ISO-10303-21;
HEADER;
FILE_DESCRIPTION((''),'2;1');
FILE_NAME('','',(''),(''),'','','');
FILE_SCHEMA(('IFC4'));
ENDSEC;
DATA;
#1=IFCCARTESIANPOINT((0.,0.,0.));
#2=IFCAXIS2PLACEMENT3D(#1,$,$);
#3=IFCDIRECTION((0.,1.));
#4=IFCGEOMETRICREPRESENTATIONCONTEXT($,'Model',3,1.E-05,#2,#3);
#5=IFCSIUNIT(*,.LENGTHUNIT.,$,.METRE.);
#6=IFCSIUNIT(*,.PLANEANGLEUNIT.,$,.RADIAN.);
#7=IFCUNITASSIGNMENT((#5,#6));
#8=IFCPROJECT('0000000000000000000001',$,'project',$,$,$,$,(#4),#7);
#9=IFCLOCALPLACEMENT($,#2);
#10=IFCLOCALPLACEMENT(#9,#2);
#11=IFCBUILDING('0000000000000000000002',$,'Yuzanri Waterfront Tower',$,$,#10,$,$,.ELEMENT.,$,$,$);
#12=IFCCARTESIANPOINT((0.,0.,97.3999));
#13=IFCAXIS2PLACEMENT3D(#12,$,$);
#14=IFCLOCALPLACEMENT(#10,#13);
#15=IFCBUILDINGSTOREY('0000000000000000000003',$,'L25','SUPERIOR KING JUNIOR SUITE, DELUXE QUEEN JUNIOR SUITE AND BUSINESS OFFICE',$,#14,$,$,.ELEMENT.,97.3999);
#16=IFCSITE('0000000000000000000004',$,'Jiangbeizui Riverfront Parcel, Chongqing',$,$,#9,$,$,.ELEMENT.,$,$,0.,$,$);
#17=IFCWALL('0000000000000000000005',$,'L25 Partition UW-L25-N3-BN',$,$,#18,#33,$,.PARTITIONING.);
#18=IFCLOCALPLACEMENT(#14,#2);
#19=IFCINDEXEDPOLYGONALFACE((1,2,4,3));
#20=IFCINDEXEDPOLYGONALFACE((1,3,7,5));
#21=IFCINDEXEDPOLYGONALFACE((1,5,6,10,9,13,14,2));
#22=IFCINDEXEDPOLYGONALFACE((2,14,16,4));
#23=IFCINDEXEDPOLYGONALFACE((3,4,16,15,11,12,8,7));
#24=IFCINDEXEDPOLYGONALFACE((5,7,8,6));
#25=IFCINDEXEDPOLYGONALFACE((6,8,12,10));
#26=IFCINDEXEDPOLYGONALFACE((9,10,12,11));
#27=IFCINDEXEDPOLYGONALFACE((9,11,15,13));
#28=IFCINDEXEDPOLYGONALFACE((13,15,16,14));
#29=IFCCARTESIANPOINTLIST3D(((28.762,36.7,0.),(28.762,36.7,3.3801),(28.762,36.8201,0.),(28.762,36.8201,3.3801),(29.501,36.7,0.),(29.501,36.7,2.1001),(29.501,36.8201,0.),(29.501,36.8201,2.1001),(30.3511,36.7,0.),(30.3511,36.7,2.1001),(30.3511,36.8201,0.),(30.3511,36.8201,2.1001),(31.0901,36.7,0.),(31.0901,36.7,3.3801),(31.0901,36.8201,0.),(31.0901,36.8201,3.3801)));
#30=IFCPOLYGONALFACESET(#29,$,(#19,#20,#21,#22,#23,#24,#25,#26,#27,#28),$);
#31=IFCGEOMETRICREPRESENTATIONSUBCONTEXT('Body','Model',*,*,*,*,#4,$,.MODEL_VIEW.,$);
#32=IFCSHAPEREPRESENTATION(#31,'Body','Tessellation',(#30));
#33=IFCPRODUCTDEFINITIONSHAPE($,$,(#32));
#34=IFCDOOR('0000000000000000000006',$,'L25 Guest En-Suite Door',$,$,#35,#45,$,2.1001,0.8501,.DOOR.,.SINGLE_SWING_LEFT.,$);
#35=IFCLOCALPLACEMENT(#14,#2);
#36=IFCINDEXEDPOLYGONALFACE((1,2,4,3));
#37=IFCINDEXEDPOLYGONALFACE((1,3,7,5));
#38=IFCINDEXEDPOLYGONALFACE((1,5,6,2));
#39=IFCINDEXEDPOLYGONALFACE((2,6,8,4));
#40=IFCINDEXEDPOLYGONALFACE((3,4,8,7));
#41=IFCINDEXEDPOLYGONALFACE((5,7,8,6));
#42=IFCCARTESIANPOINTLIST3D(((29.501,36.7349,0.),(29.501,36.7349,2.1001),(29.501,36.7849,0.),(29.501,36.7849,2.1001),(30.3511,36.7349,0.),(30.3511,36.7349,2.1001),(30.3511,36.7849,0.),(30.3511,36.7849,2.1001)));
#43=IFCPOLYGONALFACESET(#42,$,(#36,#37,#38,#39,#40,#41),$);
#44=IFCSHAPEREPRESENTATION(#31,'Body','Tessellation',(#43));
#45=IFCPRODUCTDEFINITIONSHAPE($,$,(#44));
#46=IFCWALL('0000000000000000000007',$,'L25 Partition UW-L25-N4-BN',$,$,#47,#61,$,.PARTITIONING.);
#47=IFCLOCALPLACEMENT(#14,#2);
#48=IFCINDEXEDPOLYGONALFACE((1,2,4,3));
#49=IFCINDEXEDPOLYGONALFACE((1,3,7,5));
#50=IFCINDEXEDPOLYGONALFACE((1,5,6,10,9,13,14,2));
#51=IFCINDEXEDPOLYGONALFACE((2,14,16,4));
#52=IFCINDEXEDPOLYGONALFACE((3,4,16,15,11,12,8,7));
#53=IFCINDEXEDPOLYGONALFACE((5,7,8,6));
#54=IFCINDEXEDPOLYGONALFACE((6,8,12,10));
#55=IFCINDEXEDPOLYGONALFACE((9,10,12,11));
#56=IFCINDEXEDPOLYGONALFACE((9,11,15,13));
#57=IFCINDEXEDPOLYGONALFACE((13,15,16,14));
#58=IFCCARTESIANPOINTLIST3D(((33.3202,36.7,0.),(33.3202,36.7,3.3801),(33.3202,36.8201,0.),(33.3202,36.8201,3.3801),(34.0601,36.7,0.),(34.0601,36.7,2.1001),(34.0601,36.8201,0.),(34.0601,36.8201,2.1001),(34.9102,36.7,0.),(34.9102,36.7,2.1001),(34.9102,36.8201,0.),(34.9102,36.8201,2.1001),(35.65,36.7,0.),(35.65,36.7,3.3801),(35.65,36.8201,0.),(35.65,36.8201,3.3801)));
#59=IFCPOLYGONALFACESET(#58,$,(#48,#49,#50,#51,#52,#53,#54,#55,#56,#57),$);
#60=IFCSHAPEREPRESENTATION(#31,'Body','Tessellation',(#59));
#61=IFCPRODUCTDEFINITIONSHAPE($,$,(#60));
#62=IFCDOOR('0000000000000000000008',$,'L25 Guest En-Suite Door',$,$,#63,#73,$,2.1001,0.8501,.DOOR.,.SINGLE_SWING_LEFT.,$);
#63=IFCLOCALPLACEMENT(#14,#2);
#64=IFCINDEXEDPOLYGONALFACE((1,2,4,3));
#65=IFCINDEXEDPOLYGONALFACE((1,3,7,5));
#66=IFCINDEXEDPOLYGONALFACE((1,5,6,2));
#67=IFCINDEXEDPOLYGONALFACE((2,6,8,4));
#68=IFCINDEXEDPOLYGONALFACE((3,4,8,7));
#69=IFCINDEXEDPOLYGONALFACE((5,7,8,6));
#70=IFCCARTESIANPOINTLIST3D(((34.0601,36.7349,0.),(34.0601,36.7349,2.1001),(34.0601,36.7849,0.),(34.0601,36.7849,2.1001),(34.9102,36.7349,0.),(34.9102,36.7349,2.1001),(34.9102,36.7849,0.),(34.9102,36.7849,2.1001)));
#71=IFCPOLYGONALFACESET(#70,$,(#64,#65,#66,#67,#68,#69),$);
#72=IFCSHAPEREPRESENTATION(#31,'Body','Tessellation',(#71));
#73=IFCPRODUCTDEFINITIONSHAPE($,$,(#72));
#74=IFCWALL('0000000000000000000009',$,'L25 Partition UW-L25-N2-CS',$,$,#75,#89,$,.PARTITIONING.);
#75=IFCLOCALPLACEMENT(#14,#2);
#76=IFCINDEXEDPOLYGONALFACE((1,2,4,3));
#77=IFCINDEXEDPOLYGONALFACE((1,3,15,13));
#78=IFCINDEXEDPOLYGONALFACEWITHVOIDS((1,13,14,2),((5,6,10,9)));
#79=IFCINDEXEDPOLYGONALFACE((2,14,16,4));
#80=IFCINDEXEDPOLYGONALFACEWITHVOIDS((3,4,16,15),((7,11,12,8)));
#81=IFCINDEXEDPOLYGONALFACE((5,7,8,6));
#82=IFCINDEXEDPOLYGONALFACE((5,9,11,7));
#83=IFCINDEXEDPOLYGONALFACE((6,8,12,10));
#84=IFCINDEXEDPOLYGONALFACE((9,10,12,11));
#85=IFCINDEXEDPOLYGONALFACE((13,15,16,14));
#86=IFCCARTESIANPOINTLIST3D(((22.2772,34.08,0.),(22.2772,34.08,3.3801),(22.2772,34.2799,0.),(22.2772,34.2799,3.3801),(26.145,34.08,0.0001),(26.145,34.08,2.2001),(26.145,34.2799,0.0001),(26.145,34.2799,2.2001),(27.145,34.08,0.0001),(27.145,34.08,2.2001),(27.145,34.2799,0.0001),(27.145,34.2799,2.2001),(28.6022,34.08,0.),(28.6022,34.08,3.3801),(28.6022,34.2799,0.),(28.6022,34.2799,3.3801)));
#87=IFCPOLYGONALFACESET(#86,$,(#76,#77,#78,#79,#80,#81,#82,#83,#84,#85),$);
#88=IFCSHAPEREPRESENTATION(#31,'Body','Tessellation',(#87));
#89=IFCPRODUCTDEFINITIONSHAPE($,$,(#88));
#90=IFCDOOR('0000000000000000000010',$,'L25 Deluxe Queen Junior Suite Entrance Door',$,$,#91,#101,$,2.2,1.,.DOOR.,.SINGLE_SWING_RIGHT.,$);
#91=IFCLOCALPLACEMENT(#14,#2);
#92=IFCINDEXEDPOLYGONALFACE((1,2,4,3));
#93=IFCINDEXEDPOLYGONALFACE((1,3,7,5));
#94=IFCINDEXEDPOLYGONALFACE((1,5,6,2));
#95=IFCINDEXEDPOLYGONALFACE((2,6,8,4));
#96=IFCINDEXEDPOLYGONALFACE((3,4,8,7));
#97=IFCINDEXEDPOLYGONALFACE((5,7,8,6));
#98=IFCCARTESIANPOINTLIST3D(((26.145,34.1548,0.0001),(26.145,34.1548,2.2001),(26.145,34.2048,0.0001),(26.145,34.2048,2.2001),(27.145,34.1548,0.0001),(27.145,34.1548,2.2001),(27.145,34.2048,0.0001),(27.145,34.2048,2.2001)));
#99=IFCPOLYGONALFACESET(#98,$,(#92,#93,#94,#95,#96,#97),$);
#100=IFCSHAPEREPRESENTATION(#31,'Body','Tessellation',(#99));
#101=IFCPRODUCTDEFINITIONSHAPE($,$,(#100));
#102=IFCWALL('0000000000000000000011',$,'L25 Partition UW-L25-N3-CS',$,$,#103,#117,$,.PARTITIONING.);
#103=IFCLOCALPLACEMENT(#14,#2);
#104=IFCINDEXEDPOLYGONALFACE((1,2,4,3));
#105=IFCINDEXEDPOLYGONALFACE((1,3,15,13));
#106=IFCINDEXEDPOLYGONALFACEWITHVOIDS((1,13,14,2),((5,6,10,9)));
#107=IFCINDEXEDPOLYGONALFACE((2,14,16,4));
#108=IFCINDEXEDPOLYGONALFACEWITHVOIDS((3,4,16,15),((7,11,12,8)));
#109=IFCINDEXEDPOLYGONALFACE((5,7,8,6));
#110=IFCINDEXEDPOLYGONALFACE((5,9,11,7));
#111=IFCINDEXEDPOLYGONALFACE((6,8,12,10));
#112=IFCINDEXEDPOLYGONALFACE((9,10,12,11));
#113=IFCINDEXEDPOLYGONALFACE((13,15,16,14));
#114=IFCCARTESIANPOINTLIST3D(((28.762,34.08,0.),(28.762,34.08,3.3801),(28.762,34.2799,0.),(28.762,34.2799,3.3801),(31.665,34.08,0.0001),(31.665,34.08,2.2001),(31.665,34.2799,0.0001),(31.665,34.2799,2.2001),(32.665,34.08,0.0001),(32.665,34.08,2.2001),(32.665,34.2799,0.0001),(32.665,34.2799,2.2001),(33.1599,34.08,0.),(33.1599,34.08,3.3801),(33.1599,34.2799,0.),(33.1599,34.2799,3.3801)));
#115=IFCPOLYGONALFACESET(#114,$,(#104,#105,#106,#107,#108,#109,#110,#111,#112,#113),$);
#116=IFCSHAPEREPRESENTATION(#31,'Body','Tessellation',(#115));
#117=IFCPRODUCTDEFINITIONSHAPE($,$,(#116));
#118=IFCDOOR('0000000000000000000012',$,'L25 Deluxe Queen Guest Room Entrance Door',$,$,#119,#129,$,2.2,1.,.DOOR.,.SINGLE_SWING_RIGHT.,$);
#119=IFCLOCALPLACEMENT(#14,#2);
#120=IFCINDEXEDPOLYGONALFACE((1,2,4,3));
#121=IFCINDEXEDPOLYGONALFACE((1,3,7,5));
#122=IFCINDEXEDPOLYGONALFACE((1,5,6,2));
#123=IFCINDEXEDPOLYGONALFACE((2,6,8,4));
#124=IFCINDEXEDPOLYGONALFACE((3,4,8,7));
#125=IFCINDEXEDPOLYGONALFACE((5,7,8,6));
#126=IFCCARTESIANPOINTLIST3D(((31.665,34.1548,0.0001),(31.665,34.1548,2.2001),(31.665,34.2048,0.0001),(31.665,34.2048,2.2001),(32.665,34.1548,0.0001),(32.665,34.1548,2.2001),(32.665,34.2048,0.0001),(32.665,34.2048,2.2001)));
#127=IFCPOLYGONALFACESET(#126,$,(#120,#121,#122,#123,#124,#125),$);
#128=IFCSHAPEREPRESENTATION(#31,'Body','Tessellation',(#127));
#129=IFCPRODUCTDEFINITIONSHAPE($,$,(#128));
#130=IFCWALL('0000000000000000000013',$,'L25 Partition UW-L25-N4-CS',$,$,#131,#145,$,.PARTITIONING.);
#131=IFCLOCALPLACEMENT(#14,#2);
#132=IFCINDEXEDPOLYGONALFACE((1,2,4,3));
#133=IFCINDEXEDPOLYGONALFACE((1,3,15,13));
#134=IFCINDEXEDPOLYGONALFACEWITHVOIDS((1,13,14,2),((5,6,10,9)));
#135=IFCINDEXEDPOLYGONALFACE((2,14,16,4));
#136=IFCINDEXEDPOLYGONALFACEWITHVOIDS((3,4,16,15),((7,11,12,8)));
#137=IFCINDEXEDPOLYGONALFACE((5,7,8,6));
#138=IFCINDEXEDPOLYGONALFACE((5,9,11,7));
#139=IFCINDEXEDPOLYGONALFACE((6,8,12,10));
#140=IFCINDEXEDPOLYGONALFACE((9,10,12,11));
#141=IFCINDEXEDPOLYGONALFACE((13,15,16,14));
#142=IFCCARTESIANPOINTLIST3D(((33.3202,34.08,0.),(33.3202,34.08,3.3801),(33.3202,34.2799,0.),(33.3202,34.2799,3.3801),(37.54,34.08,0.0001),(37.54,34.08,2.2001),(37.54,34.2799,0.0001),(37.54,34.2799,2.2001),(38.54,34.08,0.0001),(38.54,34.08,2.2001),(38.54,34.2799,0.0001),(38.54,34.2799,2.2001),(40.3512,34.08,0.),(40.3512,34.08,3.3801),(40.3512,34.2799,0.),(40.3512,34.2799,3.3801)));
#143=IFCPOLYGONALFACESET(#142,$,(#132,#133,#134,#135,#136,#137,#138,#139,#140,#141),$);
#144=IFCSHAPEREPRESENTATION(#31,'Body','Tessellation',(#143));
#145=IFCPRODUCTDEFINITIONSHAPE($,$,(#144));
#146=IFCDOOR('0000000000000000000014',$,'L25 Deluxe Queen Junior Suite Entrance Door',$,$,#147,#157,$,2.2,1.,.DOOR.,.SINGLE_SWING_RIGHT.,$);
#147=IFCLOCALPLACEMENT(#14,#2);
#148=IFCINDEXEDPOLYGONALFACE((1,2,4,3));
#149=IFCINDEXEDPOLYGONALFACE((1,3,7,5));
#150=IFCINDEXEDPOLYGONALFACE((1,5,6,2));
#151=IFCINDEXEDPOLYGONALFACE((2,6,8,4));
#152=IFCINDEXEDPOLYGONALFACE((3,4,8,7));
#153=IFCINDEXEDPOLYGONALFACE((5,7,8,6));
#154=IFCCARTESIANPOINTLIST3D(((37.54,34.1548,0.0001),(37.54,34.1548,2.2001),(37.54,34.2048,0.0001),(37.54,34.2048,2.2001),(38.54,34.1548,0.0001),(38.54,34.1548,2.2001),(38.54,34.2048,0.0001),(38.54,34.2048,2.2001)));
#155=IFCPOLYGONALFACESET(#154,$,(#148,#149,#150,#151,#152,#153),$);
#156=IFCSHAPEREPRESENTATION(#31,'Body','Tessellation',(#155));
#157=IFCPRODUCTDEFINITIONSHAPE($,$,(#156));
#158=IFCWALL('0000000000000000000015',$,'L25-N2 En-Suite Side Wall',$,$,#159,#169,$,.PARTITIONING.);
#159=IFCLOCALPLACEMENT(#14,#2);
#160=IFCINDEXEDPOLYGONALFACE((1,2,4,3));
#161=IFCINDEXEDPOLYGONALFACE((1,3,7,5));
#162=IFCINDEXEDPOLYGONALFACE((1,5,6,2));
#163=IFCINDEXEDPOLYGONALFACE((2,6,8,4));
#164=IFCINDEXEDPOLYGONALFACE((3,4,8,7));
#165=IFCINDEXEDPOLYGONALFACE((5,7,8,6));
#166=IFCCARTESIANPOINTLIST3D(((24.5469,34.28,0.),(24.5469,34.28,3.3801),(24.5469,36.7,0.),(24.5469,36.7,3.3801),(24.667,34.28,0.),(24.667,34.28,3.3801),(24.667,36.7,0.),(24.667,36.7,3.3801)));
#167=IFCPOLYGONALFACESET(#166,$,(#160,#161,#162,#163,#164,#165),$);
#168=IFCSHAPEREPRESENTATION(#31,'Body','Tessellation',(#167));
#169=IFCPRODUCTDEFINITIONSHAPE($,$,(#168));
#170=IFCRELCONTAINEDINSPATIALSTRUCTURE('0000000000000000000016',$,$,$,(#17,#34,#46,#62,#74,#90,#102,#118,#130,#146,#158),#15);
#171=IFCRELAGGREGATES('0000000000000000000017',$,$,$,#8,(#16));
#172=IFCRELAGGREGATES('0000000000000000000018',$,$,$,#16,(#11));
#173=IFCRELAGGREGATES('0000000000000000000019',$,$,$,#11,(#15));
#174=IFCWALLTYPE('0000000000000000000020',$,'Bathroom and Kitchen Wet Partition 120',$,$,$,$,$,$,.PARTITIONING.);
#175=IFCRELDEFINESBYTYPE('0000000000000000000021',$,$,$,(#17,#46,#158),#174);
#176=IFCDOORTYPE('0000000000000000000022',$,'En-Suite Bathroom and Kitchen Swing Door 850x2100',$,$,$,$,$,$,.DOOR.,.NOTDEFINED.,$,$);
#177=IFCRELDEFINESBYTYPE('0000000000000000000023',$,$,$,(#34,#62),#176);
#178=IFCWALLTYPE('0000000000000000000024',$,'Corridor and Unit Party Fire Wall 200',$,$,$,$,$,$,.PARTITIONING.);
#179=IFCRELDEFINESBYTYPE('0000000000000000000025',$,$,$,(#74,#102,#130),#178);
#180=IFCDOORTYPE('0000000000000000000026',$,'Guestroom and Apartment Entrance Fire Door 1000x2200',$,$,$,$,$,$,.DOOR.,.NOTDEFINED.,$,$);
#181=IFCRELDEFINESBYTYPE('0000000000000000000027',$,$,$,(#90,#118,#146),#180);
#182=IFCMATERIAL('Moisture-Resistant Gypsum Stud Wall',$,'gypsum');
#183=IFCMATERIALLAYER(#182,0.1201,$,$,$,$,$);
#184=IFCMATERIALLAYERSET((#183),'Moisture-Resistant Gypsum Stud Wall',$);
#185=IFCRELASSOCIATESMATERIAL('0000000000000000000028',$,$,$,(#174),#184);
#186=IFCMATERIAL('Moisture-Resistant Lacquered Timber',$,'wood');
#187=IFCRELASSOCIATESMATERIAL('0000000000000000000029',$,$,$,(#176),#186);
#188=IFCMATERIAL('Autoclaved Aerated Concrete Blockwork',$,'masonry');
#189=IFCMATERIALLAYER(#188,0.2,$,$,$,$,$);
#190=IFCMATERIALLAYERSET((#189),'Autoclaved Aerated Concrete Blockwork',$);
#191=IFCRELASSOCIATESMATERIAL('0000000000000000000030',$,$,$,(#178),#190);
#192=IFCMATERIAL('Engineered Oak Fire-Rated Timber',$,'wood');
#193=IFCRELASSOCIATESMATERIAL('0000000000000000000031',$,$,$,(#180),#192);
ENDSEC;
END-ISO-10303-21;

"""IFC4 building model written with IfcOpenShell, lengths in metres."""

from ifc_helpers import new_model, si_unit, direction, frame, frame_2d, origin, place, context, subcontext, project, spatial, rectangle, extrude, source, transform, mapped, material, layer, layer_set, type_object, element, fill, save


model = new_model("IFC4")

# Units and contexts
model_context = context("Model", 3, precision=1e-05, world=origin(), true_north=direction((0.0, 1.0)))
body_context = subcontext(model_context, "Body", "Model", "MODEL_VIEW")
ifc_project = project(units=[si_unit("LENGTHUNIT", "METRE"), si_unit("PLANEANGLEUNIT", "RADIAN")], contexts=[model_context])

# Site, building, storey
site_placement = place(None, origin())
site = spatial("IfcSite", under=ifc_project, at=site_placement, Name="Jiangbeizui Riverfront Parcel, Chongqing", CompositionType="ELEMENT", RefElevation=0.0)
building_placement = place(site_placement, origin())
building = spatial("IfcBuilding", under=site, at=building_placement, Name="Yuzanri Waterfront Tower", CompositionType="ELEMENT")
storey_placement = place(building_placement, frame((0.0, 0.0, 97.3999)))
storey = spatial("IfcBuildingStorey", under=building, at=storey_placement, Name="L25", Description="SUPERIOR KING JUNIOR SUITE, DELUXE QUEEN JUNIOR SUITE AND BUSINESS OFFICE", CompositionType="ELEMENT", Elevation=97.3999)

# Walls, openings, doors
ifc_material_1 = material(Name="Moisture-Resistant Gypsum Stud Wall", Category="gypsum")
ifc_layer_1 = layer(ifc_material_1, 0.1201)
ifc_layer_set_1 = layer_set([ifc_layer_1], Name="Moisture-Resistant Gypsum Stud Wall")
wall_type_1 = type_object("IfcWallType", Name="Bathroom and Kitchen Wet Partition 120", PredefinedType="PARTITIONING", material=ifc_layer_set_1)
ifc_material_2 = material(Name="Moisture-Resistant Lacquered Timber", Category="wood")
door_type_1 = type_object("IfcDoorType", Name="En-Suite Bathroom and Kitchen Swing Door 850x2100", OperationType="NOTDEFINED", PredefinedType="DOOR", material=ifc_material_2)
shared_shape_1 = source(origin(), body_context, "Body", "SweptSolid", [
    extrude(rectangle(XDim=0.8501, YDim=2.1001, at=frame_2d((0.425, 1.05))), frame((0.0, 0.0249, 0.0), z_axis=(0.0, -1.0, 0.0), x_axis=(1.0, 0.0, 0.0)), (0.0, 0.0, 1.0), 0.05),
])
wall_1_placement = place(storey_placement, frame((28.762, 36.76, 0.0), z_axis=(0.0, 0.0, 1.0), x_axis=(1.0, 0.0, 0.0)))
wall_1 = element("IfcWall", 1, at=wall_1_placement, inside=storey, type_object=wall_type_1, Name="L25 Partition UW-L25-N3-BN", PredefinedType="PARTITIONING", context=body_context, shape_type="SweptSolid", body=[
    extrude(rectangle(XDim=2.3281, YDim=0.1201, at=frame_2d((1.1641, 0.0))), origin(), (0.0, 0.0, 1.0), 3.3801),
])
opening_1_placement = place(wall_1_placement, frame((0.739, 0.0, 0.0)))
opening_1 = element("IfcOpeningElement", 2, at=opening_1_placement, cuts=wall_1, PredefinedType="OPENING", context=body_context, shape_type="SweptSolid", body=[
    extrude(rectangle(XDim=0.8501, YDim=2.1001, at=frame_2d((0.425, 1.05))), frame((0.0, 0.075, 0.0), z_axis=(0.0, -1.0, 0.0), x_axis=(1.0, 0.0, 0.0)), (0.0, 0.0, 1.0), 0.1499),
])
door_1_placement = place(opening_1_placement, origin())
door_1 = element("IfcDoor", 3, at=door_1_placement, inside=storey, type_object=door_type_1, Name="L25 Guest En-Suite Door", OperationType="SINGLE_SWING_LEFT", OverallHeight=2.1001, OverallWidth=0.8501, PredefinedType="DOOR", context=body_context, shape_type="MappedRepresentation", body=[
    mapped(shared_shape_1, transform((0.0, 0.0, 0.0), scale=1.0)),
])
fill(opening_1, door_1)
wall_2_placement = place(storey_placement, frame((33.3201, 36.76, 0.0), z_axis=(0.0, 0.0, 1.0), x_axis=(1.0, 0.0, 0.0)))
wall_2 = element("IfcWall", 4, at=wall_2_placement, inside=storey, type_object=wall_type_1, Name="L25 Partition UW-L25-N4-BN", PredefinedType="PARTITIONING", context=body_context, shape_type="SweptSolid", body=[
    extrude(rectangle(XDim=2.3298, YDim=0.1201, at=frame_2d((1.165, 0.0))), origin(), (0.0, 0.0, 1.0), 3.3801),
])
opening_2_placement = place(wall_2_placement, frame((0.74, 0.0, 0.0)))
opening_2 = element("IfcOpeningElement", 5, at=opening_2_placement, cuts=wall_2, PredefinedType="OPENING", context=body_context, shape_type="SweptSolid", body=[
    extrude(rectangle(XDim=0.8501, YDim=2.1001, at=frame_2d((0.425, 1.05))), frame((0.0, 0.075, 0.0), z_axis=(0.0, -1.0, 0.0), x_axis=(1.0, 0.0, 0.0)), (0.0, 0.0, 1.0), 0.1499),
])
door_2_placement = place(opening_2_placement, origin())
door_2 = element("IfcDoor", 6, at=door_2_placement, inside=storey, type_object=door_type_1, Name="L25 Guest En-Suite Door", OperationType="SINGLE_SWING_LEFT", OverallHeight=2.1001, OverallWidth=0.8501, PredefinedType="DOOR", context=body_context, shape_type="MappedRepresentation", body=[
    mapped(shared_shape_1, transform((0.0, 0.0, 0.0), scale=1.0)),
])
fill(opening_2, door_2)
ifc_material_3 = material(Name="Autoclaved Aerated Concrete Blockwork", Category="masonry")
ifc_layer_2 = layer(ifc_material_3, 0.2)
ifc_layer_set_2 = layer_set([ifc_layer_2], Name="Autoclaved Aerated Concrete Blockwork")
wall_type_2 = type_object("IfcWallType", Name="Corridor and Unit Party Fire Wall 200", PredefinedType="PARTITIONING", material=ifc_layer_set_2)
wall_3_placement = place(storey_placement, frame((22.2771, 34.1799, 0.0), z_axis=(0.0, 0.0, 1.0), x_axis=(1.0, 0.0, 0.0)))
wall_3 = element("IfcWall", 7, at=wall_3_placement, inside=storey, type_object=wall_type_2, Name="L25 Partition UW-L25-N2-CS", PredefinedType="PARTITIONING", context=body_context, shape_type="SweptSolid", body=[
    extrude(rectangle(XDim=6.325, YDim=0.2, at=frame_2d((3.1626, 0.0))), origin(), (0.0, 0.0, 1.0), 3.3801),
])
opening_3_placement = place(wall_3_placement, frame((3.8679, 0.0, 0.0)))
opening_3 = element("IfcOpeningElement", 8, at=opening_3_placement, cuts=wall_3, PredefinedType="OPENING", context=body_context, shape_type="SweptSolid", body=[
    extrude(rectangle(XDim=1.0, YDim=2.2, at=frame_2d((0.5, 1.1001))), frame((0.0, 0.1147, 0.0), z_axis=(0.0, -1.0, 0.0), x_axis=(1.0, 0.0, 0.0)), (0.0, 0.0, 1.0), 0.2297),
])
ifc_material_4 = material(Name="Engineered Oak Fire-Rated Timber", Category="wood")
door_type_2 = type_object("IfcDoorType", Name="Guestroom and Apartment Entrance Fire Door 1000x2200", OperationType="NOTDEFINED", PredefinedType="DOOR", material=ifc_material_4)
shared_shape_2 = source(origin(), body_context, "Body", "SweptSolid", [
    extrude(rectangle(XDim=1.0, YDim=2.2, at=frame_2d((0.5, 1.1001))), frame((0.0, 0.0249, 0.0), z_axis=(0.0, -1.0, 0.0), x_axis=(1.0, 0.0, 0.0)), (0.0, 0.0, 1.0), 0.05),
])
door_3_placement = place(opening_3_placement, origin())
door_3 = element("IfcDoor", 9, at=door_3_placement, inside=storey, type_object=door_type_2, Name="L25 Deluxe Queen Junior Suite Entrance Door", OperationType="SINGLE_SWING_RIGHT", OverallHeight=2.2, OverallWidth=1.0, PredefinedType="DOOR", context=body_context, shape_type="MappedRepresentation", body=[
    mapped(shared_shape_2, transform((0.0, 0.0, 0.0), scale=1.0)),
])
fill(opening_3, door_3)
wall_4_placement = place(storey_placement, frame((28.762, 34.1799, 0.0), z_axis=(0.0, 0.0, 1.0), x_axis=(1.0, 0.0, 0.0)))
wall_4 = element("IfcWall", 10, at=wall_4_placement, inside=storey, type_object=wall_type_2, Name="L25 Partition UW-L25-N3-CS", PredefinedType="PARTITIONING", context=body_context, shape_type="SweptSolid", body=[
    extrude(rectangle(XDim=4.3979, YDim=0.2, at=frame_2d((2.199, 0.0))), origin(), (0.0, 0.0, 1.0), 3.3801),
])
opening_4_placement = place(wall_4_placement, frame((2.9031, 0.0, 0.0)))
opening_4 = element("IfcOpeningElement", 11, at=opening_4_placement, cuts=wall_4, PredefinedType="OPENING", context=body_context, shape_type="SweptSolid", body=[
    extrude(rectangle(XDim=1.0, YDim=2.2, at=frame_2d((0.5, 1.1001))), frame((0.0, 0.1147, 0.0), z_axis=(0.0, -1.0, 0.0), x_axis=(1.0, 0.0, 0.0)), (0.0, 0.0, 1.0), 0.2297),
])
door_4_placement = place(opening_4_placement, origin())
door_4 = element("IfcDoor", 12, at=door_4_placement, inside=storey, type_object=door_type_2, Name="L25 Deluxe Queen Guest Room Entrance Door", OperationType="SINGLE_SWING_RIGHT", OverallHeight=2.2, OverallWidth=1.0, PredefinedType="DOOR", context=body_context, shape_type="MappedRepresentation", body=[
    mapped(shared_shape_2, transform((0.0, 0.0, 0.0), scale=1.0)),
])
fill(opening_4, door_4)
wall_5_placement = place(storey_placement, frame((33.3201, 34.1799, 0.0), z_axis=(0.0, 0.0, 1.0), x_axis=(1.0, 0.0, 0.0)))
wall_5 = element("IfcWall", 13, at=wall_5_placement, inside=storey, type_object=wall_type_2, Name="L25 Partition UW-L25-N4-CS", PredefinedType="PARTITIONING", context=body_context, shape_type="SweptSolid", body=[
    extrude(rectangle(XDim=7.031, YDim=0.2, at=frame_2d((3.5156, 0.0))), origin(), (0.0, 0.0, 1.0), 3.3801),
])
opening_5_placement = place(wall_5_placement, frame((4.22, 0.0, 0.0)))
opening_5 = element("IfcOpeningElement", 14, at=opening_5_placement, cuts=wall_5, PredefinedType="OPENING", context=body_context, shape_type="SweptSolid", body=[
    extrude(rectangle(XDim=1.0, YDim=2.2, at=frame_2d((0.5, 1.1001))), frame((0.0, 0.1147, 0.0), z_axis=(0.0, -1.0, 0.0), x_axis=(1.0, 0.0, 0.0)), (0.0, 0.0, 1.0), 0.2297),
])
door_5_placement = place(opening_5_placement, origin())
door_5 = element("IfcDoor", 15, at=door_5_placement, inside=storey, type_object=door_type_2, Name="L25 Deluxe Queen Junior Suite Entrance Door", OperationType="SINGLE_SWING_RIGHT", OverallHeight=2.2, OverallWidth=1.0, PredefinedType="DOOR", context=body_context, shape_type="MappedRepresentation", body=[
    mapped(shared_shape_2, transform((0.0, 0.0, 0.0), scale=1.0)),
])
fill(opening_5, door_5)

# Wall
shared_shape_3 = source(origin(), body_context, "Body", "SweptSolid", [
    extrude(rectangle(XDim=2.4199, YDim=0.1201, at=frame_2d((1.21, 0.0))), origin(), (0.0, 0.0, 1.0), 3.3801),
])
for number, where, z_axis, x_axis, name in (
    (16, (24.6069, 34.28, 0.0), (0.0, 0.0, 1.0), (0.0, 1.0, 0.0), "L25-N2 En-Suite Side Wall"),
):
    element("IfcWall", number, at=place(storey_placement, frame(where, z_axis=z_axis, x_axis=x_axis)), inside=storey, type_object=wall_type_1, Name=name, PredefinedType="PARTITIONING", context=body_context, shape_type="MappedRepresentation", body=[
        mapped(shared_shape_3, transform((0.0, 0.0, 0.0), scale=1.0)),
    ])

save(model, "model.ifc")
